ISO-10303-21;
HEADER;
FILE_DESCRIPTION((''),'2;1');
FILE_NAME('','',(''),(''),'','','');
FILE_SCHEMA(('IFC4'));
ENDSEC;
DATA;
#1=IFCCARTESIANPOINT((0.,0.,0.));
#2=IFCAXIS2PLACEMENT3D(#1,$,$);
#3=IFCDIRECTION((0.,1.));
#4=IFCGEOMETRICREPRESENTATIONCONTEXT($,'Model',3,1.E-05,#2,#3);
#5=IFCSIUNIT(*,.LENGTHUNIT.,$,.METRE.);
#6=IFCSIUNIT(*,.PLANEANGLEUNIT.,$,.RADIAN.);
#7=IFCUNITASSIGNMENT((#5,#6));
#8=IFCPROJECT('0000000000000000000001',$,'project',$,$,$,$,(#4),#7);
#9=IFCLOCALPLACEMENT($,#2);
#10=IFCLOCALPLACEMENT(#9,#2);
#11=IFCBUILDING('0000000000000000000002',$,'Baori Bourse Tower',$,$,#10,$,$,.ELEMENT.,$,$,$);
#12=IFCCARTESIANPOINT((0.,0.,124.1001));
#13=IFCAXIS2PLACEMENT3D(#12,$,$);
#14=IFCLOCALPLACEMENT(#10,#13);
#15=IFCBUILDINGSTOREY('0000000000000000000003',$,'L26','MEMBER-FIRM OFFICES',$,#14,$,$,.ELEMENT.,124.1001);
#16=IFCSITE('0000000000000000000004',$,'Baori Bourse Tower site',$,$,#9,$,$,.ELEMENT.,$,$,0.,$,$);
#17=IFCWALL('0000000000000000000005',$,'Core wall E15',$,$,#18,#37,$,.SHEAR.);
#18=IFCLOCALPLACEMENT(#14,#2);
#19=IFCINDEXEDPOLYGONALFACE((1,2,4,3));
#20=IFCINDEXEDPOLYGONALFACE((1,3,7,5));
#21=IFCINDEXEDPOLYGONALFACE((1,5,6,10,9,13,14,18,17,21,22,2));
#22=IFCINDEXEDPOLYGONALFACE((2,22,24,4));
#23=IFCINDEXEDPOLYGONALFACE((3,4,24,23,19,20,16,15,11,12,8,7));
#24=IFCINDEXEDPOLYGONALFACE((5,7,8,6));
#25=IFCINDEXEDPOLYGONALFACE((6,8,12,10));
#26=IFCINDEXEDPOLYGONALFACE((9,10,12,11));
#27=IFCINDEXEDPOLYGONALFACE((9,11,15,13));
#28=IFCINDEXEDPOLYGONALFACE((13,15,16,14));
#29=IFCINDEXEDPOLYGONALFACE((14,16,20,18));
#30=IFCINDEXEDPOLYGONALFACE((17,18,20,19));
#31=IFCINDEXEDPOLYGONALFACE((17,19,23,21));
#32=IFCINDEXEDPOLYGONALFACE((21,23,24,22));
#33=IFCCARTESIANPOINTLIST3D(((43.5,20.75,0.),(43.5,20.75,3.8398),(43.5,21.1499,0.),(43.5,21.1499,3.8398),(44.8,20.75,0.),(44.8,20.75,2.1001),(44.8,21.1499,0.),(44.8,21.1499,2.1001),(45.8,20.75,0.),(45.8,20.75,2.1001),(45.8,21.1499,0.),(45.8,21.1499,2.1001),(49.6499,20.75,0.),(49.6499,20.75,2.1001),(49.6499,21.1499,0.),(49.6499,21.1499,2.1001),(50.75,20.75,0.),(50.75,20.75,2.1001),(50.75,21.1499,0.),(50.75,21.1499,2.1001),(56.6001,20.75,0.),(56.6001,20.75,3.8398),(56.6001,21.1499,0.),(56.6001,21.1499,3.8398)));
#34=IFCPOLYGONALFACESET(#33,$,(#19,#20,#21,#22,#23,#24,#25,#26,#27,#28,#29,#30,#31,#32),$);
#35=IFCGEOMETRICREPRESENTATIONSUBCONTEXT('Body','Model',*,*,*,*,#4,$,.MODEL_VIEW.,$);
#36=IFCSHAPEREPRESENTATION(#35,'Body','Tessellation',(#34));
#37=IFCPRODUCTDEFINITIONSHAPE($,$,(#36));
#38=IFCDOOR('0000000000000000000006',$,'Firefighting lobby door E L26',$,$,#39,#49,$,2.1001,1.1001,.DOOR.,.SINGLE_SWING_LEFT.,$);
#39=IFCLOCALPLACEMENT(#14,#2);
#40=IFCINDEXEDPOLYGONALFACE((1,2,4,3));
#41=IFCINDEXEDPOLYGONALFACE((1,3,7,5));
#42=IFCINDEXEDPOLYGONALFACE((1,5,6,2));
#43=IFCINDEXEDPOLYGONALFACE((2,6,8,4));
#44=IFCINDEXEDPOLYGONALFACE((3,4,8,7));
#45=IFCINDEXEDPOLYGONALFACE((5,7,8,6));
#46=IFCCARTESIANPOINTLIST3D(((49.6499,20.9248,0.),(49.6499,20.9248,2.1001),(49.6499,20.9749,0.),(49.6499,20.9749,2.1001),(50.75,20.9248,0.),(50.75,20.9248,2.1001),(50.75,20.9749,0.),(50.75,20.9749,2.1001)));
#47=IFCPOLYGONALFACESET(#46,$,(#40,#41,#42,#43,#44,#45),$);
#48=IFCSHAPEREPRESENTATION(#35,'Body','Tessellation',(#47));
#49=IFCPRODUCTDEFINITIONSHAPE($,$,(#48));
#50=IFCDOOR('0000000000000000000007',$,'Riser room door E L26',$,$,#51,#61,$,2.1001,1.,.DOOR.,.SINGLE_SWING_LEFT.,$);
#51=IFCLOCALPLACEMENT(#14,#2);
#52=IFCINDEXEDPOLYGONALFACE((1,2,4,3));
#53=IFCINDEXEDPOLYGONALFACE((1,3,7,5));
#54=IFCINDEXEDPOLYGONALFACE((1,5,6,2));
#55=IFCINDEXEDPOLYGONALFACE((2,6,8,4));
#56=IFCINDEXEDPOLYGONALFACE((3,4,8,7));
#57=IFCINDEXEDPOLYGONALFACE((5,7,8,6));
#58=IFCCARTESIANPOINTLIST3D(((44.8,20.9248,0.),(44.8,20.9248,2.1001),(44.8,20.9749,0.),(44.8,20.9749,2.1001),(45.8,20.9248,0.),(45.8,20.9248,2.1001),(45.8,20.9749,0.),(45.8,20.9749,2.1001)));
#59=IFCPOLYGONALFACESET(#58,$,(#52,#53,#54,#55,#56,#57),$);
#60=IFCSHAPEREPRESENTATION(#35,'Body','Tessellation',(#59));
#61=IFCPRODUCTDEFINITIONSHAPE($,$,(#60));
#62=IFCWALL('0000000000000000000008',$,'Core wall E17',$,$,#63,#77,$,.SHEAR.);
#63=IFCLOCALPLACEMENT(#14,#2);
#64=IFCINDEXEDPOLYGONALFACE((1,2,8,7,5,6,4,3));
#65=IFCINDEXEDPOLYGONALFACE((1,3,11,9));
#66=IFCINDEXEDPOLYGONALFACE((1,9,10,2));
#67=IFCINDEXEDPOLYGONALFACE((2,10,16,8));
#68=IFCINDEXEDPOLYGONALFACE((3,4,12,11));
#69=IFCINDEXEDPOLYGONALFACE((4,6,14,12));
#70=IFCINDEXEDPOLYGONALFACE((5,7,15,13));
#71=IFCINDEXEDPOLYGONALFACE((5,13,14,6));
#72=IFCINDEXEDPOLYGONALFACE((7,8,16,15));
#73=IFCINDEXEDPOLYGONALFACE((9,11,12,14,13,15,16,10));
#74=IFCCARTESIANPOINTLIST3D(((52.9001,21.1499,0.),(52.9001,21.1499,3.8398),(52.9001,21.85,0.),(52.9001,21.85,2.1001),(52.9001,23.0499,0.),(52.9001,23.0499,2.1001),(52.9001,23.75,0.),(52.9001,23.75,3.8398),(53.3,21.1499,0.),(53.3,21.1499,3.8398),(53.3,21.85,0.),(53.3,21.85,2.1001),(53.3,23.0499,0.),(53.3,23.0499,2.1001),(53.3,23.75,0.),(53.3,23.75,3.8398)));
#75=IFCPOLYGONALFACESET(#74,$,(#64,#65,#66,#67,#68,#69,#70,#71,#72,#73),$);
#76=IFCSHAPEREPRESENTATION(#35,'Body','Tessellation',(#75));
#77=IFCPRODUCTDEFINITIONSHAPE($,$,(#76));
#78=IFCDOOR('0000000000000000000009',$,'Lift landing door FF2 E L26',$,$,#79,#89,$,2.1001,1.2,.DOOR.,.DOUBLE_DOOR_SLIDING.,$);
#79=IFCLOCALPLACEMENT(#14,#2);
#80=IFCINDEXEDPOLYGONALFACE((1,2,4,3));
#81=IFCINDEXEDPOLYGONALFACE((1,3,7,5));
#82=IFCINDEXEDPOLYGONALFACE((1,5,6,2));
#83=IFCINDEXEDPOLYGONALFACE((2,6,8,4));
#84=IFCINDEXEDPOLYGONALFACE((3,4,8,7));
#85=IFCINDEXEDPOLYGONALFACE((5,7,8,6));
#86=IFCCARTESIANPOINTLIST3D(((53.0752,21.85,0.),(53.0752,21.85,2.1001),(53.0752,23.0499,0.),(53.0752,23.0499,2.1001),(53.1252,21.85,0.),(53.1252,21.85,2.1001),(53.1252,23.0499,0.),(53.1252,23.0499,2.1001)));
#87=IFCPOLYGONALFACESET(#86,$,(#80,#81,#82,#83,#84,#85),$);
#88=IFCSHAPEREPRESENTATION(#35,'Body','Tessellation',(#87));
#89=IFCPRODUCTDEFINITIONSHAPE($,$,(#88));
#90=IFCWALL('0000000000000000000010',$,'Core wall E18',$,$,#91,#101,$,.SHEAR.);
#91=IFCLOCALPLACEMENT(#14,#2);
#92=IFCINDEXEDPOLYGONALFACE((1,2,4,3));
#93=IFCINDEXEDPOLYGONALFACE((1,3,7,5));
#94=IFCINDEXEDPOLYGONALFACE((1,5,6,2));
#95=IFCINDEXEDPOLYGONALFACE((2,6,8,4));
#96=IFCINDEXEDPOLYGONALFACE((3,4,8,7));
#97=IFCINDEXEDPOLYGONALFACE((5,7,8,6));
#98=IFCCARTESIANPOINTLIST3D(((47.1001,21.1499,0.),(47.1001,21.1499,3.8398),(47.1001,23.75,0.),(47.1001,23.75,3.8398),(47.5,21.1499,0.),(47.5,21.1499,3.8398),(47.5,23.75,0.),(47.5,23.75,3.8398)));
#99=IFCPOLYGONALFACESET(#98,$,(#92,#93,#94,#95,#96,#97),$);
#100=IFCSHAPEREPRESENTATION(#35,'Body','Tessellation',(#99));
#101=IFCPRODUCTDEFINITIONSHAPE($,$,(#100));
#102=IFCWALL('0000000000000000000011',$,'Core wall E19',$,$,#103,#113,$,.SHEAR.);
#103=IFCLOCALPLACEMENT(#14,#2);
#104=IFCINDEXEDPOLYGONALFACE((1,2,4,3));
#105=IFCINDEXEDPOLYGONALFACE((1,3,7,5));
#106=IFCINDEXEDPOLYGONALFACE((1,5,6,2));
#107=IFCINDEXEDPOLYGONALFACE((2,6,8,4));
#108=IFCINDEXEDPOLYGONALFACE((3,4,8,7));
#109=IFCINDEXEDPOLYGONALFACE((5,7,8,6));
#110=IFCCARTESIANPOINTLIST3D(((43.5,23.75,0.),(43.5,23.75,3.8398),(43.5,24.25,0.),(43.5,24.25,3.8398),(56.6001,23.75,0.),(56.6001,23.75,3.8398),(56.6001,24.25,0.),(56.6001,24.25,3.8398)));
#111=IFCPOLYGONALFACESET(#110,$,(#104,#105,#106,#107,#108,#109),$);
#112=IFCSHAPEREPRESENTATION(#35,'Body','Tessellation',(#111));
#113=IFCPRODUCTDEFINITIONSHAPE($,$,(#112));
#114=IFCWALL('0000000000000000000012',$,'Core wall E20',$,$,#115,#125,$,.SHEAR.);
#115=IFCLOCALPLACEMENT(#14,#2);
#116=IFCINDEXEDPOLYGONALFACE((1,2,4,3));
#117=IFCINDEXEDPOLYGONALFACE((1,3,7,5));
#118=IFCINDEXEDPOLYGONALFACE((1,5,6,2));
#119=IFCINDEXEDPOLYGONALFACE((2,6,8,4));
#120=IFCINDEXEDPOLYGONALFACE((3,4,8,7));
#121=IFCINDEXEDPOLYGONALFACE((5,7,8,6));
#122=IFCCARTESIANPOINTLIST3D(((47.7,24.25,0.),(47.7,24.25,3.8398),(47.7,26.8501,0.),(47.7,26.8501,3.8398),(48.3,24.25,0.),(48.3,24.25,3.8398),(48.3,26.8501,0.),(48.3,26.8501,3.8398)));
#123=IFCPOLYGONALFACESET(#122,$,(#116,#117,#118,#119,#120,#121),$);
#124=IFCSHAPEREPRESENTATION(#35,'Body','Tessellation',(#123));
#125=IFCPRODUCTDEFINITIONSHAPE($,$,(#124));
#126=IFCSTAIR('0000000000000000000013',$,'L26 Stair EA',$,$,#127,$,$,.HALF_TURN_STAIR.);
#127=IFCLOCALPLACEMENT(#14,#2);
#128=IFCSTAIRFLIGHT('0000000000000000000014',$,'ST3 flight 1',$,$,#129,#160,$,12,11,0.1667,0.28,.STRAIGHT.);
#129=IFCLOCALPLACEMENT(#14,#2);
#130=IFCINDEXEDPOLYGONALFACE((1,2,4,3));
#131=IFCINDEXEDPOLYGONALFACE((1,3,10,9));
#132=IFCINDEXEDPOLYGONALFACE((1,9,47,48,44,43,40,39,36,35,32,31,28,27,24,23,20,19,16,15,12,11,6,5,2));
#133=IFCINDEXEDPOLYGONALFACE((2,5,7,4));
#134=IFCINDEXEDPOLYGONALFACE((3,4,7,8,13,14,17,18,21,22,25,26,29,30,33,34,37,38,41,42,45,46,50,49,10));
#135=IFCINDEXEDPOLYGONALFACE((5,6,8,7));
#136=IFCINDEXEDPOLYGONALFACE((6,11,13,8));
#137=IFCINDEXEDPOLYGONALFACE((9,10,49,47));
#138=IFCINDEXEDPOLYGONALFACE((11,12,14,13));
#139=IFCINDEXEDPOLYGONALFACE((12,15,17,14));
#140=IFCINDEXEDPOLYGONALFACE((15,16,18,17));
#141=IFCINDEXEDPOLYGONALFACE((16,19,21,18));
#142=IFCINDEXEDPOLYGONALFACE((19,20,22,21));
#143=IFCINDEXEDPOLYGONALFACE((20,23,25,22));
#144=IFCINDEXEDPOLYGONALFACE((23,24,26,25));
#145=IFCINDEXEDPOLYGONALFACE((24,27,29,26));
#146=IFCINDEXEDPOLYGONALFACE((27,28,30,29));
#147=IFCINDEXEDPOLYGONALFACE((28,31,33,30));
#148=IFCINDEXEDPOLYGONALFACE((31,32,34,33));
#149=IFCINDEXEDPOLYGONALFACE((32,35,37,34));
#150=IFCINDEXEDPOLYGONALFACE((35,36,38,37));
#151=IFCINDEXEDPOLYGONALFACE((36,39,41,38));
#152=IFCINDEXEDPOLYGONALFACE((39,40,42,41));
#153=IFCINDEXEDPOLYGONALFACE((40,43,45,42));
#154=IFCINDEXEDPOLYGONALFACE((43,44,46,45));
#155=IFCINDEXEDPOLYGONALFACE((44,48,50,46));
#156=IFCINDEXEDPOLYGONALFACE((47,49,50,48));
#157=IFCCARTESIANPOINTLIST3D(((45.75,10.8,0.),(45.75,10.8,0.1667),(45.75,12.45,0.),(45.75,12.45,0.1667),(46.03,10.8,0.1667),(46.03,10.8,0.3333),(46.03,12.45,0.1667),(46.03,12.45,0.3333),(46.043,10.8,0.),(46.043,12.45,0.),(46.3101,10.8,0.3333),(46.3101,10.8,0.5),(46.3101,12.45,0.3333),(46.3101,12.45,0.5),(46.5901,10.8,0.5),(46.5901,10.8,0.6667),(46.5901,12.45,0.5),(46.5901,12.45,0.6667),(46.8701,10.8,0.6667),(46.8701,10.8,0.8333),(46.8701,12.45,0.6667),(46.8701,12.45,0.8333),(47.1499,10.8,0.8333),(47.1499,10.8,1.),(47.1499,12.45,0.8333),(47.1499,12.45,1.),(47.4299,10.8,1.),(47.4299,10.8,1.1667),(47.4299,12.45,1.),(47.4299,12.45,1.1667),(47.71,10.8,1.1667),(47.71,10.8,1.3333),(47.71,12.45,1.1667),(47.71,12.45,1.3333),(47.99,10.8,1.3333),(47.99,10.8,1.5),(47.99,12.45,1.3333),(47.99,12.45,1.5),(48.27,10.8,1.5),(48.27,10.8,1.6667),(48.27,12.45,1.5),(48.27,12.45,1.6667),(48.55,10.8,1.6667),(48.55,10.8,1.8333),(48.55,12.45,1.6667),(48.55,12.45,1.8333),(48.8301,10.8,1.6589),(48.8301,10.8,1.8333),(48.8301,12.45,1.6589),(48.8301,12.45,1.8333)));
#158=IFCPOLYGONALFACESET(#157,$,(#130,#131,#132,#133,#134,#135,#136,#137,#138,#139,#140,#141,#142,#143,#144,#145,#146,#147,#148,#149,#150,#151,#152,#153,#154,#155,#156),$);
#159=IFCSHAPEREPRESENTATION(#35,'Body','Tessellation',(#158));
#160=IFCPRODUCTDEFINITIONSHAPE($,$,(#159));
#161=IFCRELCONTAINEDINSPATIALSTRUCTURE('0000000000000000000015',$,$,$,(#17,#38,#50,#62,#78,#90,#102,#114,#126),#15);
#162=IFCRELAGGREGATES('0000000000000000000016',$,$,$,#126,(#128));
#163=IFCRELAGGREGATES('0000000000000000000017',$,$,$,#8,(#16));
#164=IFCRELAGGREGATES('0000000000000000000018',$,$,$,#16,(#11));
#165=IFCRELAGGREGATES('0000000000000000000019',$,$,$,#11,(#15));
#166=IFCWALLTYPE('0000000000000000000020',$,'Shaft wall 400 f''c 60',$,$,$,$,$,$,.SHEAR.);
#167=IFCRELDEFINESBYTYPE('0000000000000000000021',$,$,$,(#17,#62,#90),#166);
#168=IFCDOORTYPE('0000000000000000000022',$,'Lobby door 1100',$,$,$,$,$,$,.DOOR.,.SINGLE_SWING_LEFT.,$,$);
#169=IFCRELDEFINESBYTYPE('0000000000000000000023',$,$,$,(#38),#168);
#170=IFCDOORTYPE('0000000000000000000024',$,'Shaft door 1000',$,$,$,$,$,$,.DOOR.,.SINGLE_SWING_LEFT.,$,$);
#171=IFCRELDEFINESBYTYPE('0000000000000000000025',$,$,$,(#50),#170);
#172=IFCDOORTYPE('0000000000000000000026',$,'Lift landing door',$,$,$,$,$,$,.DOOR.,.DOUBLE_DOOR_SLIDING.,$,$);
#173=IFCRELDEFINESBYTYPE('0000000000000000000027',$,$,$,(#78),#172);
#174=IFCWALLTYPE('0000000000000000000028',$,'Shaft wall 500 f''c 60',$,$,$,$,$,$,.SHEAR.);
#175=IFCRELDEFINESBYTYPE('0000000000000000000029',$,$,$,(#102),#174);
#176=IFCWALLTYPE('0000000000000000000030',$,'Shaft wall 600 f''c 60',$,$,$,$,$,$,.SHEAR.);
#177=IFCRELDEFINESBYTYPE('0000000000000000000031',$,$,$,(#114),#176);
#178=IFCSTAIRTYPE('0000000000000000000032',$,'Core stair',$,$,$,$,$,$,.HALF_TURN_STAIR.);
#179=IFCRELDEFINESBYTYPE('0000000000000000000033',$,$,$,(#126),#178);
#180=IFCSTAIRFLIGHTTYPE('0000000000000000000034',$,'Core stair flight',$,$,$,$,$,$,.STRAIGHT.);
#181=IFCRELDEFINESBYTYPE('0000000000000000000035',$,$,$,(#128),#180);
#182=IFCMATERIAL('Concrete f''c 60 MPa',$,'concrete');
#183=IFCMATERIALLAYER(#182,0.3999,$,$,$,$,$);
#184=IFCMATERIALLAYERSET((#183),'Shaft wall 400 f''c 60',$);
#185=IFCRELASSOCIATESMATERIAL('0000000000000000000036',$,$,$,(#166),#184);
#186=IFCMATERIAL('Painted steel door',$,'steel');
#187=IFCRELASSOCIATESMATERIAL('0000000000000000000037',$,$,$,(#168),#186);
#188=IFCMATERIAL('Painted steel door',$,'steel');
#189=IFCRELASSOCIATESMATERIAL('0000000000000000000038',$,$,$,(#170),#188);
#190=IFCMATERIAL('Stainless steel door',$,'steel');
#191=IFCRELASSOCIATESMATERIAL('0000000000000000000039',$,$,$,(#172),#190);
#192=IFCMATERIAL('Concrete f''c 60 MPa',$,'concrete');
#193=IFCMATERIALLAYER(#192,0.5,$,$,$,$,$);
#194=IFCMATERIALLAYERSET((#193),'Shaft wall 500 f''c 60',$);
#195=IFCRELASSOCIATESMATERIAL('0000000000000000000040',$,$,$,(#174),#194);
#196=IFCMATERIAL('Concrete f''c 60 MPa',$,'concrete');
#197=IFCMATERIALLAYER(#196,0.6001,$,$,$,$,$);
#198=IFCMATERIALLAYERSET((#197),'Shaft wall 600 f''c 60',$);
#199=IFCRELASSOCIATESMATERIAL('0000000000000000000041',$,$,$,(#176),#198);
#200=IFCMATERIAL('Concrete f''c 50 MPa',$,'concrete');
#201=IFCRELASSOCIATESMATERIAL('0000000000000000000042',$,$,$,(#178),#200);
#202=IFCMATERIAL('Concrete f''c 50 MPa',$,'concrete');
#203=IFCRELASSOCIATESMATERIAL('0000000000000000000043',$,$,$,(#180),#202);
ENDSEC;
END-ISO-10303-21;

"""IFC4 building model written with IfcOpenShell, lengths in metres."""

from ifc_helpers import new_model, si_unit, direction, frame, frame_2d, origin, place, context, subcontext, project, spatial, polyline, rectangle, outline, extrude, material, layer, layer_set, type_object, element, fill, aggregate, save


model = new_model("IFC4")

# Units and contexts
model_context = context("Model", 3, precision=1e-05, world=origin(), true_north=direction((0.0, 1.0)))
body_context = subcontext(model_context, "Body", "Model", "MODEL_VIEW")
ifc_project = project(units=[si_unit("LENGTHUNIT", "METRE"), si_unit("PLANEANGLEUNIT", "RADIAN")], contexts=[model_context])

# Site, building, storey
site_placement = place(None, origin())
site = spatial("IfcSite", under=ifc_project, at=site_placement, Name="Baori Bourse Tower site", CompositionType="ELEMENT", RefElevation=0.0)
building_placement = place(site_placement, origin())
building = spatial("IfcBuilding", under=site, at=building_placement, Name="Baori Bourse Tower", CompositionType="ELEMENT")
storey_placement = place(building_placement, frame((0.0, 0.0, 124.1001)))
storey = spatial("IfcBuildingStorey", under=building, at=storey_placement, Name="L26", Description="MEMBER-FIRM OFFICES", CompositionType="ELEMENT", Elevation=124.1001)

# Wall, openings, doors
ifc_material_1 = material(Name="Concrete f'c 60 MPa", Category="concrete")
ifc_layer_1 = layer(ifc_material_1, 0.3999)
ifc_layer_set_1 = layer_set([ifc_layer_1], Name="Shaft wall 400 f'c 60")
wall_type_1 = type_object("IfcWallType", Name="Shaft wall 400 f'c 60", PredefinedType="SHEAR", material=ifc_layer_set_1)
wall_1_placement = place(storey_placement, frame((43.5, 20.95, 0.0), z_axis=(0.0, 0.0, 1.0), x_axis=(1.0, 0.0, 0.0)))
wall_1 = element("IfcWall", 1, at=wall_1_placement, inside=storey, type_object=wall_type_1, Name="Core wall E15", PredefinedType="SHEAR", context=body_context, shape_type="SweptSolid", body=[
    extrude(rectangle(XDim=13.1001, YDim=0.3999, at=frame_2d((6.55, 0.0))), origin(), (0.0, 0.0, 1.0), 3.8398),
])
opening_1_placement = place(wall_1_placement, frame((6.1499, 0.0, 0.0)))
opening_1 = element("IfcOpeningElement", 2, at=opening_1_placement, cuts=wall_1, PredefinedType="OPENING", context=body_context, shape_type="SweptSolid", body=[
    extrude(rectangle(XDim=1.1001, YDim=2.1001, at=frame_2d((0.55, 1.05))), frame((0.0, 0.21, 0.0), z_axis=(0.0, -1.0, 0.0), x_axis=(1.0, 0.0, 0.0)), (0.0, 0.0, 1.0), 0.4199),
])
opening_2_placement = place(wall_1_placement, frame((1.3, 0.0, 0.0)))
opening_2 = element("IfcOpeningElement", 3, at=opening_2_placement, cuts=wall_1, PredefinedType="OPENING", context=body_context, shape_type="SweptSolid", body=[
    extrude(rectangle(XDim=1.0, YDim=2.1001, at=frame_2d((0.5, 1.05))), frame((0.0, 0.21, 0.0), z_axis=(0.0, -1.0, 0.0), x_axis=(1.0, 0.0, 0.0)), (0.0, 0.0, 1.0), 0.4199),
])
ifc_material_2 = material(Name="Painted steel door", Category="steel")
door_type_1 = type_object("IfcDoorType", Name="Lobby door 1100", OperationType="SINGLE_SWING_LEFT", PredefinedType="DOOR", material=ifc_material_2)
door_1_placement = place(opening_1_placement, origin())
door_1 = element("IfcDoor", 4, at=door_1_placement, inside=storey, type_object=door_type_1, Name="Firefighting lobby door E L26", OperationType="SINGLE_SWING_LEFT", OverallHeight=2.1001, OverallWidth=1.1001, PredefinedType="DOOR", context=body_context, shape_type="SweptSolid", body=[
    extrude(rectangle(XDim=1.1001, YDim=2.1001, at=frame_2d((0.55, 1.05))), frame((0.0, 0.0249, 0.0), z_axis=(0.0, -1.0, 0.0), x_axis=(1.0, 0.0, 0.0)), (0.0, 0.0, 1.0), 0.05),
])
fill(opening_1, door_1)
ifc_material_3 = material(Name="Painted steel door", Category="steel")
door_type_2 = type_object("IfcDoorType", Name="Shaft door 1000", OperationType="SINGLE_SWING_LEFT", PredefinedType="DOOR", material=ifc_material_3)
door_2_placement = place(opening_2_placement, origin())
door_2 = element("IfcDoor", 5, at=door_2_placement, inside=storey, type_object=door_type_2, Name="Riser room door E L26", OperationType="SINGLE_SWING_LEFT", OverallHeight=2.1001, OverallWidth=1.0, PredefinedType="DOOR", context=body_context, shape_type="SweptSolid", body=[
    extrude(rectangle(XDim=1.0, YDim=2.1001, at=frame_2d((0.5, 1.05))), frame((0.0, 0.0249, 0.0), z_axis=(0.0, -1.0, 0.0), x_axis=(1.0, 0.0, 0.0)), (0.0, 0.0, 1.0), 0.05),
])
fill(opening_2, door_2)

# Wall, opening, door
wall_2_placement = place(storey_placement, frame((53.1001, 21.1499, 0.0), z_axis=(0.0, 0.0, 1.0), x_axis=(0.0, 1.0, 0.0)))
wall_2 = element("IfcWall", 6, at=wall_2_placement, inside=storey, type_object=wall_type_1, Name="Core wall E17", PredefinedType="SHEAR", context=body_context, shape_type="SweptSolid", body=[
    extrude(rectangle(XDim=2.6001, YDim=0.3999, at=frame_2d((1.3, 0.0))), origin(), (0.0, 0.0, 1.0), 3.8398),
])
opening_3_placement = place(wall_2_placement, frame((0.7, 0.0, 0.0)))
opening_3 = element("IfcOpeningElement", 7, at=opening_3_placement, cuts=wall_2, PredefinedType="OPENING", context=body_context, shape_type="SweptSolid", body=[
    extrude(rectangle(XDim=1.2, YDim=2.1001, at=frame_2d((0.6001, 1.05))), frame((0.0, 0.21, 0.0), z_axis=(0.0, -1.0, 0.0), x_axis=(1.0, 0.0, 0.0)), (0.0, 0.0, 1.0), 0.4199),
])
ifc_material_4 = material(Name="Stainless steel door", Category="steel")
door_type_3 = type_object("IfcDoorType", Name="Lift landing door", OperationType="DOUBLE_DOOR_SLIDING", PredefinedType="DOOR", material=ifc_material_4)
door_3_placement = place(opening_3_placement, origin())
door_3 = element("IfcDoor", 8, at=door_3_placement, inside=storey, type_object=door_type_3, Name="Lift landing door FF2 E L26", OperationType="DOUBLE_DOOR_SLIDING", OverallHeight=2.1001, OverallWidth=1.2, PredefinedType="DOOR", context=body_context, shape_type="SweptSolid", body=[
    extrude(rectangle(XDim=1.2, YDim=2.1001, at=frame_2d((0.6001, 1.05))), frame((0.0, 0.0249, 0.0), z_axis=(0.0, -1.0, 0.0), x_axis=(1.0, 0.0, 0.0)), (0.0, 0.0, 1.0), 0.05),
])
fill(opening_3, door_3)

# Walls
wall_3_placement = place(storey_placement, frame((47.3, 21.1499, 0.0), z_axis=(0.0, 0.0, 1.0), x_axis=(0.0, 1.0, 0.0)))
element("IfcWall", 9, at=wall_3_placement, inside=storey, type_object=wall_type_1, Name="Core wall E18", PredefinedType="SHEAR", context=body_context, shape_type="SweptSolid", body=[
    extrude(rectangle(XDim=2.6001, YDim=0.3999, at=frame_2d((1.3, 0.0))), origin(), (0.0, 0.0, 1.0), 3.8398),
])
ifc_material_5 = material(Name="Concrete f'c 60 MPa", Category="concrete")
ifc_layer_2 = layer(ifc_material_5, 0.5)
ifc_layer_set_2 = layer_set([ifc_layer_2], Name="Shaft wall 500 f'c 60")
wall_type_2 = type_object("IfcWallType", Name="Shaft wall 500 f'c 60", PredefinedType="SHEAR", material=ifc_layer_set_2)
wall_4_placement = place(storey_placement, frame((43.5, 24.0, 0.0), z_axis=(0.0, 0.0, 1.0), x_axis=(1.0, 0.0, 0.0)))
element("IfcWall", 10, at=wall_4_placement, inside=storey, type_object=wall_type_2, Name="Core wall E19", PredefinedType="SHEAR", context=body_context, shape_type="SweptSolid", body=[
    extrude(rectangle(XDim=13.1001, YDim=0.5, at=frame_2d((6.55, 0.0))), origin(), (0.0, 0.0, 1.0), 3.8398),
])
ifc_material_6 = material(Name="Concrete f'c 60 MPa", Category="concrete")
ifc_layer_3 = layer(ifc_material_6, 0.6001)
ifc_layer_set_3 = layer_set([ifc_layer_3], Name="Shaft wall 600 f'c 60")
wall_type_3 = type_object("IfcWallType", Name="Shaft wall 600 f'c 60", PredefinedType="SHEAR", material=ifc_layer_set_3)
wall_5_placement = place(storey_placement, frame((48.0, 24.25, 0.0), z_axis=(0.0, 0.0, 1.0), x_axis=(0.0, 1.0, 0.0)))
element("IfcWall", 11, at=wall_5_placement, inside=storey, type_object=wall_type_3, Name="Core wall E20", PredefinedType="SHEAR", context=body_context, shape_type="SweptSolid", body=[
    extrude(rectangle(XDim=2.6001, YDim=0.6001, at=frame_2d((1.3, 0.0))), origin(), (0.0, 0.0, 1.0), 3.8398),
])

# Stair, stair flight
ifc_material_7 = material(Name="Concrete f'c 50 MPa", Category="concrete")
stair_type = type_object("IfcStairType", Name="Core stair", PredefinedType="HALF_TURN_STAIR", material=ifc_material_7)
stair_placement = place(storey_placement, origin())
stair = element("IfcStair", 12, at=stair_placement, inside=storey, type_object=stair_type, Name="L26 Stair EA", PredefinedType="HALF_TURN_STAIR")
ifc_material_8 = material(Name="Concrete f'c 50 MPa", Category="concrete")
stair_flight_type = type_object("IfcStairFlightType", Name="Core stair flight", PredefinedType="STRAIGHT", material=ifc_material_8)
stair_flight_1_placement = place(storey_placement, frame((45.75, 11.625, 0.0), z_axis=(0.0, 0.0, 1.0), x_axis=(1.0, 0.0, 0.0)))
stair_flight_1 = element("IfcStairFlight", 13, at=stair_flight_1_placement, type_object=stair_flight_type, Name="ST3 flight 1", NumberOfRisers=12, NumberOfTreads=11, PredefinedType="STRAIGHT", RiserHeight=0.1667, TreadLength=0.28, context=body_context, shape_type="SweptSolid", body=[
    extrude(outline(polyline([(0.0, 0.0), (0.0, 0.1667), (0.28, 0.1667), (0.28, 0.3333), (0.5601, 0.3333), (0.5601, 0.5), (0.8401, 0.5), (0.8401, 0.6667), (1.1201, 0.6667), (1.1201, 0.8333), (1.3999, 0.8333), (1.3999, 1.0), (1.6799, 1.0), (1.6799, 1.1667), (1.96, 1.1667), (1.96, 1.3333), (2.24, 1.3333), (2.24, 1.5), (2.52, 1.5), (2.52, 1.6667), (2.8, 1.6667), (2.8, 1.8333), (3.0801, 1.8333), (3.0801, 2.0), (3.0801, 1.6589), (0.293, 0.0), (0.0, 0.0)])), frame((0.0, 0.825, 0.0), z_axis=(0.0, -1.0, 0.0), x_axis=(1.0, 0.0, 0.0)), (0.0, 0.0, 1.0), 1.6499),
])
aggregate(stair, [stair_flight_1])

save(model, "model.ifc")
